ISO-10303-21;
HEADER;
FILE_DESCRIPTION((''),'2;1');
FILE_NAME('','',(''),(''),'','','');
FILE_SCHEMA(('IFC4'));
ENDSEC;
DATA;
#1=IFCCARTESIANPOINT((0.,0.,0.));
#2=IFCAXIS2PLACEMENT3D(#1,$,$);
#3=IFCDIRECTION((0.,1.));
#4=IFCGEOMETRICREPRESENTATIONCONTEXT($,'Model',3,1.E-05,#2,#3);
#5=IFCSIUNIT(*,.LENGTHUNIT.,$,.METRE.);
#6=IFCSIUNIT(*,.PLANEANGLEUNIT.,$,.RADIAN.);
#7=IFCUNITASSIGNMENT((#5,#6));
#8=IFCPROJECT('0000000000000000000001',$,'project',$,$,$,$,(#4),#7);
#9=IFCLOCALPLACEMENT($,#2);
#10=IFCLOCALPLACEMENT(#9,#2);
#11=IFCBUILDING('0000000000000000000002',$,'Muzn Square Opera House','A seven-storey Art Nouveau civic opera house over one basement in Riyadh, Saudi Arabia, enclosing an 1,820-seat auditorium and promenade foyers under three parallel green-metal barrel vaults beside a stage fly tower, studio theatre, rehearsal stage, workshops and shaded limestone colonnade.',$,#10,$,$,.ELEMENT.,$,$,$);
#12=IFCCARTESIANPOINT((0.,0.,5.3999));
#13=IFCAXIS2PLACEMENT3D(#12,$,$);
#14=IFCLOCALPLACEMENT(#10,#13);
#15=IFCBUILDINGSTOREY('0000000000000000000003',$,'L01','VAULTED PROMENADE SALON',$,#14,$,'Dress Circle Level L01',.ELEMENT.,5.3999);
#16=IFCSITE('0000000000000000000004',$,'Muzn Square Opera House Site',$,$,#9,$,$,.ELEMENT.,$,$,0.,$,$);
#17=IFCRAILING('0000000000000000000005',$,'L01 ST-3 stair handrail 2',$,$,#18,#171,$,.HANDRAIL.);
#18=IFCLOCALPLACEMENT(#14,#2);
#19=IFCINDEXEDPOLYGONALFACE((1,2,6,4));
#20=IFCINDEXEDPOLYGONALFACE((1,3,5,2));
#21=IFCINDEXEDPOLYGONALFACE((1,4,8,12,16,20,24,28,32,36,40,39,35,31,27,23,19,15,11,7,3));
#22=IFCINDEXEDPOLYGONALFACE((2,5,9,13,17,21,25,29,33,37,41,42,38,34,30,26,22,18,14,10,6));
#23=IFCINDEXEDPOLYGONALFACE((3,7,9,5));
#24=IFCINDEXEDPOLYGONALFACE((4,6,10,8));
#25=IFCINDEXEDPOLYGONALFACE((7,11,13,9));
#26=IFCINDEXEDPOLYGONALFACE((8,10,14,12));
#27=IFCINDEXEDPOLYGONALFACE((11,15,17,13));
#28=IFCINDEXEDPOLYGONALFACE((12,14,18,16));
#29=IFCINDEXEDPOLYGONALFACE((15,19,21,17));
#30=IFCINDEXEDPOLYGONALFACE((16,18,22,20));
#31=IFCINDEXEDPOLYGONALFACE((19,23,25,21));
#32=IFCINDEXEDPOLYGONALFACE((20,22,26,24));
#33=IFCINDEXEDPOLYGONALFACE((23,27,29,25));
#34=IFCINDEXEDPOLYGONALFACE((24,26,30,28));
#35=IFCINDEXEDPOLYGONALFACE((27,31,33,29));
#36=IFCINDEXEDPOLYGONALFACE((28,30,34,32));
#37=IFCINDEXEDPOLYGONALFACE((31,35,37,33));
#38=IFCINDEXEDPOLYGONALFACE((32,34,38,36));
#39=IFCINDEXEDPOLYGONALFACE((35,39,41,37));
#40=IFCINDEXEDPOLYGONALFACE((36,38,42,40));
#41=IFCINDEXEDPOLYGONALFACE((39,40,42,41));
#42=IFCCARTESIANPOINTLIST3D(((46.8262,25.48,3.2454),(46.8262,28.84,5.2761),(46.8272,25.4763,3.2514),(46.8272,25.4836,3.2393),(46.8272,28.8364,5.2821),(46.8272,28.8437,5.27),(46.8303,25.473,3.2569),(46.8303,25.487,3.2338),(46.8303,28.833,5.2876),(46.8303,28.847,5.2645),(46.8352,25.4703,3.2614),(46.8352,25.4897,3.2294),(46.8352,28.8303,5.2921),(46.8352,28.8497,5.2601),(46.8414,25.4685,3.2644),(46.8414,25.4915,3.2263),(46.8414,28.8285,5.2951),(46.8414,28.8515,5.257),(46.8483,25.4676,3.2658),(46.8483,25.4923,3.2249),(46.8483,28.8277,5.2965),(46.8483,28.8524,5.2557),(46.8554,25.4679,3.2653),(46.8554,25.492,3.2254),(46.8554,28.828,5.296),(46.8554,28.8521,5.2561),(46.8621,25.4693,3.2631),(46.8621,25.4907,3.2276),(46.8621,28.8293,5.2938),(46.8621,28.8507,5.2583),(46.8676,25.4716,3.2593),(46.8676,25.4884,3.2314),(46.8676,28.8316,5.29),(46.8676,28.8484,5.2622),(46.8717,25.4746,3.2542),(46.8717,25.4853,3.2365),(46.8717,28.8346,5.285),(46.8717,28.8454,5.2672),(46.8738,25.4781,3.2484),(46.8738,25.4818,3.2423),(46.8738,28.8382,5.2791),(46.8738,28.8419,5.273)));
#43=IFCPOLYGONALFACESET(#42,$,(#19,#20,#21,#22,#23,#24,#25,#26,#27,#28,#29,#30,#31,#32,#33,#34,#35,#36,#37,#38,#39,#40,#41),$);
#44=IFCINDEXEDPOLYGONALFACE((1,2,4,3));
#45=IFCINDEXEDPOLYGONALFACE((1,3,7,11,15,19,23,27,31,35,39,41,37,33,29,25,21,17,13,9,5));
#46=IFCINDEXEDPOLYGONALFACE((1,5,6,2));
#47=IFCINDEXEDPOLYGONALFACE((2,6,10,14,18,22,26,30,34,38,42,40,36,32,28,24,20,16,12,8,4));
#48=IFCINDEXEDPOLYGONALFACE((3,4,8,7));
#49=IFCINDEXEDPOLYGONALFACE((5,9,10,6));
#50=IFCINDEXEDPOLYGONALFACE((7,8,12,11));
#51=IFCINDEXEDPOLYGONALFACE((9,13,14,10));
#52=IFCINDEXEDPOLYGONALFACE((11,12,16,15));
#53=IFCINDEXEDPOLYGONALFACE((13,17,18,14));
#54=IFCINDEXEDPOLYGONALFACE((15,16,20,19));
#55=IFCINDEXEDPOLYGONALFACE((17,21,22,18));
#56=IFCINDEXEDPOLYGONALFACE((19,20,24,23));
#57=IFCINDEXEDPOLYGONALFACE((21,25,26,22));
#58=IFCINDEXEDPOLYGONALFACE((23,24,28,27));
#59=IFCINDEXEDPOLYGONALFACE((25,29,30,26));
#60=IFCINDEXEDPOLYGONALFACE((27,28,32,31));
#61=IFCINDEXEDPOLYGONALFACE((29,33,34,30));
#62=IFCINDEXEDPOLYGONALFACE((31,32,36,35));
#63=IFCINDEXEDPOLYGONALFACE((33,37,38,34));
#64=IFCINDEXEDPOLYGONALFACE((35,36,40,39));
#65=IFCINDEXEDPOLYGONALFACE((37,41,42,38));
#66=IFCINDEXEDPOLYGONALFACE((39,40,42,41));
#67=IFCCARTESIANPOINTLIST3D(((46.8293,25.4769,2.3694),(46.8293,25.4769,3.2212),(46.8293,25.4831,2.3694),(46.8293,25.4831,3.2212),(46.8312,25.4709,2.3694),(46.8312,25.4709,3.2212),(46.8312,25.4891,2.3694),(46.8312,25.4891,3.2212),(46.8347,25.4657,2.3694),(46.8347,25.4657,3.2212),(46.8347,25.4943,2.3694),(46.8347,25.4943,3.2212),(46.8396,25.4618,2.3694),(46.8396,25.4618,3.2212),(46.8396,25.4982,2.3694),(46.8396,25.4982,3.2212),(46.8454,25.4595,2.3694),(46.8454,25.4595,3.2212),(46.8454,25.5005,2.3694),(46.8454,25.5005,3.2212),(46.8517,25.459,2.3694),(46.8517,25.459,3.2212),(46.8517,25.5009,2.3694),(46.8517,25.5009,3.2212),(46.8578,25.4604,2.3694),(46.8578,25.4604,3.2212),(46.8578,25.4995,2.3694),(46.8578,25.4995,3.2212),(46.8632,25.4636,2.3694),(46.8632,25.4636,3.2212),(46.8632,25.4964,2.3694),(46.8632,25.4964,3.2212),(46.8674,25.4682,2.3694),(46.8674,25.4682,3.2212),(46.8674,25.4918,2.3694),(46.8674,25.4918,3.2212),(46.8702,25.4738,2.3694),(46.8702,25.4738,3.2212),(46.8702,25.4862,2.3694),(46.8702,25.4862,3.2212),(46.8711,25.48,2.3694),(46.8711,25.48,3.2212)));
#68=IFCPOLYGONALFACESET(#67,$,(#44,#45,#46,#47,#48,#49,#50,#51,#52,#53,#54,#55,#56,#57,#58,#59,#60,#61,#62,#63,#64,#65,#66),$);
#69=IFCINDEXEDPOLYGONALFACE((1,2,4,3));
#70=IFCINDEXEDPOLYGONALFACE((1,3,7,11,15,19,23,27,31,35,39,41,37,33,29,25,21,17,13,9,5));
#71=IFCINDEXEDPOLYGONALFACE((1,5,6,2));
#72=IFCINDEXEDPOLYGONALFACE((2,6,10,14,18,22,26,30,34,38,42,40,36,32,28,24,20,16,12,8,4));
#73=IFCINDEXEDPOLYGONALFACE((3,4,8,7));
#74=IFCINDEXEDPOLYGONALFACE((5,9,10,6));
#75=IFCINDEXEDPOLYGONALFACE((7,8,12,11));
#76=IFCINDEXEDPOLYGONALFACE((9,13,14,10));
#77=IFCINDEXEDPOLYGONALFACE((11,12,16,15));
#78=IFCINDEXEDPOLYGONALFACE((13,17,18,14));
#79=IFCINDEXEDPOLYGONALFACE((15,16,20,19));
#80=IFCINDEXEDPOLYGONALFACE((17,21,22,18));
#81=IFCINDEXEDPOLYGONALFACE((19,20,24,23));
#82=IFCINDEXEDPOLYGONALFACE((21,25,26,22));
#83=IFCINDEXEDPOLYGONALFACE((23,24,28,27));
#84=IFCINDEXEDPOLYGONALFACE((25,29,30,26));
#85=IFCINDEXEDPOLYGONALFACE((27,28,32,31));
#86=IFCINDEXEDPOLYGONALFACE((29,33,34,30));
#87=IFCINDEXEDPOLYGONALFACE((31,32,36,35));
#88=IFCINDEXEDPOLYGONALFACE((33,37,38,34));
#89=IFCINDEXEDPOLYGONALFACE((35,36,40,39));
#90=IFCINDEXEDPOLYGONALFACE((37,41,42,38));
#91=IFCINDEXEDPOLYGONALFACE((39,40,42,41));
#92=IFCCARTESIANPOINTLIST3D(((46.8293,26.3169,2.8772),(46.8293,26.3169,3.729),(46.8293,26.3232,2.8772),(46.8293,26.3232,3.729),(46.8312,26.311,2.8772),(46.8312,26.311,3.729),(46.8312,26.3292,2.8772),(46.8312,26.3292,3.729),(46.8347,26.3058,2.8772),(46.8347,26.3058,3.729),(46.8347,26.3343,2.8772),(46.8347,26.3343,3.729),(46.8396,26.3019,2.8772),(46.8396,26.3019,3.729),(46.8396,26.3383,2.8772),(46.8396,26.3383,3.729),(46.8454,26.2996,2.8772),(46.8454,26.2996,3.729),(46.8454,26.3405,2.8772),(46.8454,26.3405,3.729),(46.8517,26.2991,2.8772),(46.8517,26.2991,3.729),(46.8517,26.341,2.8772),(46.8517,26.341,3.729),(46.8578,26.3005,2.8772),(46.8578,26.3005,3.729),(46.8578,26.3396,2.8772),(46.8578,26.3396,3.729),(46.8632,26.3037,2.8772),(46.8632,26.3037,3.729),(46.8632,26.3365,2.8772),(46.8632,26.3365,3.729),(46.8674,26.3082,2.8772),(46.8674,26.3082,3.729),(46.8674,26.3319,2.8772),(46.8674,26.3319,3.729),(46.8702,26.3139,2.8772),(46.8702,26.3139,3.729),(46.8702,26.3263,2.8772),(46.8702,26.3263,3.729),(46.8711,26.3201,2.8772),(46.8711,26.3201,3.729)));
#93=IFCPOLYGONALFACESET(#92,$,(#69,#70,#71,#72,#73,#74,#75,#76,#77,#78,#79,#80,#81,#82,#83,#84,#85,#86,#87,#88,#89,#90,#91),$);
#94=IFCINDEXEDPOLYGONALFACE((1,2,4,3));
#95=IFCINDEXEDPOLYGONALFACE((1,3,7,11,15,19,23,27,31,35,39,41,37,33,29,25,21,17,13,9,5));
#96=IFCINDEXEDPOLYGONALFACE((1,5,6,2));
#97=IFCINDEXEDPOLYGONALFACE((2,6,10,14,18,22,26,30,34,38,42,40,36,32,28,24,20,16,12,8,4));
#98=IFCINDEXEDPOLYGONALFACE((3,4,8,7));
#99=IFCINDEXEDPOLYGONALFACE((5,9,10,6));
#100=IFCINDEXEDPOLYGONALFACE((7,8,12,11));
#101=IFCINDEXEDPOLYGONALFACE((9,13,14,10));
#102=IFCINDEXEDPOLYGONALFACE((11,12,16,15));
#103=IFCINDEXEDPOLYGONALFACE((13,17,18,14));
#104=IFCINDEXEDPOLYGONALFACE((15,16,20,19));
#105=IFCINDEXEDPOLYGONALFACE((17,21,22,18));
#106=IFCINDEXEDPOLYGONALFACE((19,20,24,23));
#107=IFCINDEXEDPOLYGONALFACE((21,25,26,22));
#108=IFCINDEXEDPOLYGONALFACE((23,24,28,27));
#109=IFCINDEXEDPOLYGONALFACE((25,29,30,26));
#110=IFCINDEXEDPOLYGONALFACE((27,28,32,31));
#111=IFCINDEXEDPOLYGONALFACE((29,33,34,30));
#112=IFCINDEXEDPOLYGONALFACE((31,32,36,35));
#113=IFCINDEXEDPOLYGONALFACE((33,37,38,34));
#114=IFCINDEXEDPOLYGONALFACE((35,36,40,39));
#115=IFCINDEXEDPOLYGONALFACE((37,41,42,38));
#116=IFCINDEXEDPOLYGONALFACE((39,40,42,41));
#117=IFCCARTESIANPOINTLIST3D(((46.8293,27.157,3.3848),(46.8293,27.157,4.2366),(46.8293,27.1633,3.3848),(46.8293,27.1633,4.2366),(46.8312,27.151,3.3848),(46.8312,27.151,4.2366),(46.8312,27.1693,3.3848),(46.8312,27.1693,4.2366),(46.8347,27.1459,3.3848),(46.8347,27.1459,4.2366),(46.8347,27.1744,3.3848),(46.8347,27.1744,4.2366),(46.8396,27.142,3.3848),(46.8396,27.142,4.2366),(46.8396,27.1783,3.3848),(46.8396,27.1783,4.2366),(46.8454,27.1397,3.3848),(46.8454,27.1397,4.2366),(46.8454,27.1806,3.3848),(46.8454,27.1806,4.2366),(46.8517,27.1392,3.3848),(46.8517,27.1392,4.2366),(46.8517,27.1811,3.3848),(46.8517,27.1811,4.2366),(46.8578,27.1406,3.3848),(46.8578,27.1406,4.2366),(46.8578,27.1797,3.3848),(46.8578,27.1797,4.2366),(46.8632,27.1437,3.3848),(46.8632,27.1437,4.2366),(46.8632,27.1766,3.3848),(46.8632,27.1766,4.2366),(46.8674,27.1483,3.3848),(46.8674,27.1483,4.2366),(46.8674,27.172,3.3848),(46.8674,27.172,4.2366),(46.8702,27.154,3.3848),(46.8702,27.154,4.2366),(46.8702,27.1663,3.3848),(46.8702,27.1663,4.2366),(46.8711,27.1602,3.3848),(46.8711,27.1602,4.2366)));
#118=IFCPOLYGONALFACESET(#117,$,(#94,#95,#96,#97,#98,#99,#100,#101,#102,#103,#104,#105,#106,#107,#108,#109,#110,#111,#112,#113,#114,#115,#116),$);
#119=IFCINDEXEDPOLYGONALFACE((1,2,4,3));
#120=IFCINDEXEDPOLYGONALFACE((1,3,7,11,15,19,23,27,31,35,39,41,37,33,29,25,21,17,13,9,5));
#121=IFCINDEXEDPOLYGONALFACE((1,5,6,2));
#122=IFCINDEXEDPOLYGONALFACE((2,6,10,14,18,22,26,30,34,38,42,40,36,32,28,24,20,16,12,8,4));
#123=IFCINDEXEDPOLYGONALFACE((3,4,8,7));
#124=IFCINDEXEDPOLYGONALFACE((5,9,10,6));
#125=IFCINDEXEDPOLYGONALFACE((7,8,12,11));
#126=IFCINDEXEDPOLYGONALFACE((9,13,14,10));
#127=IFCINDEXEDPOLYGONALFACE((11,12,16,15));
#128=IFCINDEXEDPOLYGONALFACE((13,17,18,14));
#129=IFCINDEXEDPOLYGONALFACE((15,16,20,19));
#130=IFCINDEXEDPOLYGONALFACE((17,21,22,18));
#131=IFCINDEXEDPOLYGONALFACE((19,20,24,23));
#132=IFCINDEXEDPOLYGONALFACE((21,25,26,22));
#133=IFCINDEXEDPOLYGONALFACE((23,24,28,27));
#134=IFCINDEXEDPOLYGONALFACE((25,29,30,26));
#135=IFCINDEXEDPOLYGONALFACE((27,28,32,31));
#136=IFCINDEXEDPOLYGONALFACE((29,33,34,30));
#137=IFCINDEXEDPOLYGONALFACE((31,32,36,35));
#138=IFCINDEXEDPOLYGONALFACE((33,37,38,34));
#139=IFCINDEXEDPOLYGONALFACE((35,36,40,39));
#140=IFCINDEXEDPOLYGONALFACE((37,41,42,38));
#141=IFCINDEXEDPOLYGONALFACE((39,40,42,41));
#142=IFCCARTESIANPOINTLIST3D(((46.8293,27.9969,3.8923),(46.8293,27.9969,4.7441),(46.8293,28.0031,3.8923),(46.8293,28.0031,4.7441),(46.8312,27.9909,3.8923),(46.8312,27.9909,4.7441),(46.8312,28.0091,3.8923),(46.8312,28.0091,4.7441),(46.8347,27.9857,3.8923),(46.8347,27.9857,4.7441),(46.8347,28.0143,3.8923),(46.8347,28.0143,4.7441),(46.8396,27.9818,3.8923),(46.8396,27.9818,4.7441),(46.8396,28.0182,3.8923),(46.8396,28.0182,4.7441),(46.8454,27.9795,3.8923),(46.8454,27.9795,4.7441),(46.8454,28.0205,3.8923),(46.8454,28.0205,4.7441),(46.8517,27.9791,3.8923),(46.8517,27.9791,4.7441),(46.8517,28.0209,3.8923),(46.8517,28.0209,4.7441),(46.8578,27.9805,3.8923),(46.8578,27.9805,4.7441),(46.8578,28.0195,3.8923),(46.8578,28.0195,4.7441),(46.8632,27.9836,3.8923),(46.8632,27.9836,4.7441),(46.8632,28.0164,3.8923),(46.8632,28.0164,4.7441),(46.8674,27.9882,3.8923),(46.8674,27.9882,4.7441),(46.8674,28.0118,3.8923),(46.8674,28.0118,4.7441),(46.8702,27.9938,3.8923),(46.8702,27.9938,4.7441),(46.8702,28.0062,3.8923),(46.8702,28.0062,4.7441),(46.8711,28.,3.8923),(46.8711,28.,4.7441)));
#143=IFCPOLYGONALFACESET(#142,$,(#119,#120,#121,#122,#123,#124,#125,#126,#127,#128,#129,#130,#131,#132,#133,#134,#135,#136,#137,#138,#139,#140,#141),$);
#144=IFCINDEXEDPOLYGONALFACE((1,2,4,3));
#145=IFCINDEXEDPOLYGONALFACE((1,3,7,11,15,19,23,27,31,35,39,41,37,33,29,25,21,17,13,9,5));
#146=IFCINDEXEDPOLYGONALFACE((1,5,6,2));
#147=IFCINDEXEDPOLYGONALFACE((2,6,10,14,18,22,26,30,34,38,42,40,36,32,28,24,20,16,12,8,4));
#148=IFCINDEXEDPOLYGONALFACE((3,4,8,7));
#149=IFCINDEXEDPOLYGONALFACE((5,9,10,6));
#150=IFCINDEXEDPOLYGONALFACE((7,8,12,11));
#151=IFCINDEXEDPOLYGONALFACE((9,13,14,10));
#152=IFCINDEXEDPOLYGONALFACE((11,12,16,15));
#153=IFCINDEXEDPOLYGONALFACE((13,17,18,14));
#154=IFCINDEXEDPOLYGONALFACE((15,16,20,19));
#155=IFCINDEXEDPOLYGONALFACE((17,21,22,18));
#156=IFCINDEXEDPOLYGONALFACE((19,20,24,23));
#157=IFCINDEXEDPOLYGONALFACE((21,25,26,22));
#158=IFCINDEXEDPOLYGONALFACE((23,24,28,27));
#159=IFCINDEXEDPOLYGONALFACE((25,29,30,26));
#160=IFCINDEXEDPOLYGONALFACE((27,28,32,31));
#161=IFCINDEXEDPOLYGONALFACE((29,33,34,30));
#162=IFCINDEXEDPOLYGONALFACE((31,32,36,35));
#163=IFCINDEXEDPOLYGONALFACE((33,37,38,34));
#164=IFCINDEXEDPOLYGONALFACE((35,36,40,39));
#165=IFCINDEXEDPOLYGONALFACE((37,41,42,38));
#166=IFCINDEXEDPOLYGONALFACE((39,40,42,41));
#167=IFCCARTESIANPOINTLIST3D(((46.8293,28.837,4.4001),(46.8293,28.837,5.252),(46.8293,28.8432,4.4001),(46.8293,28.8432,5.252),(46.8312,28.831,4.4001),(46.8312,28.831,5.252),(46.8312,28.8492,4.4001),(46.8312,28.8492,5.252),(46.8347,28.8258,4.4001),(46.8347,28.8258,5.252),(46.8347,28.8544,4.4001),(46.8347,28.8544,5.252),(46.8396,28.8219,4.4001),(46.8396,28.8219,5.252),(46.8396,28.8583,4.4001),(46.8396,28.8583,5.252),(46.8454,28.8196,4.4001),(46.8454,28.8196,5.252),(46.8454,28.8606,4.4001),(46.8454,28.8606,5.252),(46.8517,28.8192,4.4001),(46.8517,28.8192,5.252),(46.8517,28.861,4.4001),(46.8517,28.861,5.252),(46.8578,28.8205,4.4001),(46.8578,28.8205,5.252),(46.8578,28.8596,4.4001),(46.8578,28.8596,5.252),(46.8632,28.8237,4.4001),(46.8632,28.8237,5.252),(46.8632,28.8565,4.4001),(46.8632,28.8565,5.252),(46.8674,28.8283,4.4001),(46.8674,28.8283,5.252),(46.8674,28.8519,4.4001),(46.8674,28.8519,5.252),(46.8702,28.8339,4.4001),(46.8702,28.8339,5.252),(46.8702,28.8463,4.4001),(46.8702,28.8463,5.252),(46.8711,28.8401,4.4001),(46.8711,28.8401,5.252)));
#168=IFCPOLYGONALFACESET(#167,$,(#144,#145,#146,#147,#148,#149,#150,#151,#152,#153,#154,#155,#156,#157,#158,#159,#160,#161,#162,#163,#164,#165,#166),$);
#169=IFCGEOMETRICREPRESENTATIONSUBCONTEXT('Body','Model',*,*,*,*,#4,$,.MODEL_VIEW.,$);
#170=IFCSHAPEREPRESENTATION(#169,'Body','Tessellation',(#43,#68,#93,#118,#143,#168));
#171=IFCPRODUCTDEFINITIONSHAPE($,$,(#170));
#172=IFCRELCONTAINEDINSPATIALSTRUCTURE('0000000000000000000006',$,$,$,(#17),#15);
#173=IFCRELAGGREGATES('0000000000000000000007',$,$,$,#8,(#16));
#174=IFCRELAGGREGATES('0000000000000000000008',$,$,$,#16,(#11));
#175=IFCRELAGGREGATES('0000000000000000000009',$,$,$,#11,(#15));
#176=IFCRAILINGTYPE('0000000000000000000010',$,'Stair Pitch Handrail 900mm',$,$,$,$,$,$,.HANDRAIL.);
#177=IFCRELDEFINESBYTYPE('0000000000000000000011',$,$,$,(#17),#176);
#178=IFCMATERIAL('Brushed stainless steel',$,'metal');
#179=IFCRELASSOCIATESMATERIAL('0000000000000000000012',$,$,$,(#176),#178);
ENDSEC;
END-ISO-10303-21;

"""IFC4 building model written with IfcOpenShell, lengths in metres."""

from ifc_helpers import new_model, si_unit, direction, frame, origin, origin_2d, place, context, subcontext, project, spatial, circle, extrude, material, type_object, element, save


model = new_model("IFC4")

# Units and contexts
model_context = context("Model", 3, precision=1e-05, world=origin(), true_north=direction((0.0, 1.0)))
body_context = subcontext(model_context, "Body", "Model", "MODEL_VIEW")
ifc_project = project(units=[si_unit("LENGTHUNIT", "METRE"), si_unit("PLANEANGLEUNIT", "RADIAN")], contexts=[model_context])

# Site, building, storey
site_placement = place(None, origin())
site = spatial("IfcSite", under=ifc_project, at=site_placement, Name="Muzn Square Opera House Site", CompositionType="ELEMENT", RefElevation=0.0)
building_placement = place(site_placement, origin())
building = spatial("IfcBuilding", under=site, at=building_placement, Name="Muzn Square Opera House", Description="A seven-storey Art Nouveau civic opera house over one basement in Riyadh, Saudi Arabia, enclosing an 1,820-seat auditorium and promenade foyers under three parallel green-metal barrel vaults beside a stage fly tower, studio theatre, rehearsal stage, workshops and shaded limestone colonnade.", CompositionType="ELEMENT")
storey_placement = place(building_placement, frame((0.0, 0.0, 5.3999)))
storey = spatial("IfcBuildingStorey", under=building, at=storey_placement, Name="L01", Description="VAULTED PROMENADE SALON", LongName="Dress Circle Level L01", CompositionType="ELEMENT", Elevation=5.3999)

# Shared definitions
ifc_material_1 = material(Name="Brushed stainless steel", Category="metal")

# Railing
railing_type_1 = type_object("IfcRailingType", Name="Stair Pitch Handrail 900mm", PredefinedType="HANDRAIL", material=ifc_material_1)
railing_1_placement = place(storey_placement, frame((46.8501, 25.48, 2.3694)))
element("IfcRailing", 1, at=railing_1_placement, inside=storey, type_object=railing_type_1, Name="L01 ST-3 stair handrail 2", PredefinedType="HANDRAIL", context=body_context, shape_type="SweptSolid", body=[
    extrude(circle(Radius=0.0239, at=origin_2d()), frame((0.0, 0.0, 0.876), z_axis=(0.0, 0.855837, 0.517246), x_axis=(-1.0, 0.0, 0.0)), (0.0, 0.0, 1.0), 3.926),
    extrude(circle(Radius=0.021, at=origin_2d()), origin(), (0.0, 0.0, 1.0), 0.8518),
    extrude(circle(Radius=0.021, at=origin_2d()), frame((0.0, 0.8401, 0.5078)), (0.0, 0.0, 1.0), 0.8518),
    extrude(circle(Radius=0.021, at=origin_2d()), frame((0.0, 1.6802, 1.0154)), (0.0, 0.0, 1.0), 0.8518),
    extrude(circle(Radius=0.021, at=origin_2d()), frame((0.0, 2.52, 1.5229)), (0.0, 0.0, 1.0), 0.8518),
    extrude(circle(Radius=0.021, at=origin_2d()), frame((0.0, 3.3601, 2.0308)), (0.0, 0.0, 1.0), 0.8518),
])

save(model, "model.ifc")
